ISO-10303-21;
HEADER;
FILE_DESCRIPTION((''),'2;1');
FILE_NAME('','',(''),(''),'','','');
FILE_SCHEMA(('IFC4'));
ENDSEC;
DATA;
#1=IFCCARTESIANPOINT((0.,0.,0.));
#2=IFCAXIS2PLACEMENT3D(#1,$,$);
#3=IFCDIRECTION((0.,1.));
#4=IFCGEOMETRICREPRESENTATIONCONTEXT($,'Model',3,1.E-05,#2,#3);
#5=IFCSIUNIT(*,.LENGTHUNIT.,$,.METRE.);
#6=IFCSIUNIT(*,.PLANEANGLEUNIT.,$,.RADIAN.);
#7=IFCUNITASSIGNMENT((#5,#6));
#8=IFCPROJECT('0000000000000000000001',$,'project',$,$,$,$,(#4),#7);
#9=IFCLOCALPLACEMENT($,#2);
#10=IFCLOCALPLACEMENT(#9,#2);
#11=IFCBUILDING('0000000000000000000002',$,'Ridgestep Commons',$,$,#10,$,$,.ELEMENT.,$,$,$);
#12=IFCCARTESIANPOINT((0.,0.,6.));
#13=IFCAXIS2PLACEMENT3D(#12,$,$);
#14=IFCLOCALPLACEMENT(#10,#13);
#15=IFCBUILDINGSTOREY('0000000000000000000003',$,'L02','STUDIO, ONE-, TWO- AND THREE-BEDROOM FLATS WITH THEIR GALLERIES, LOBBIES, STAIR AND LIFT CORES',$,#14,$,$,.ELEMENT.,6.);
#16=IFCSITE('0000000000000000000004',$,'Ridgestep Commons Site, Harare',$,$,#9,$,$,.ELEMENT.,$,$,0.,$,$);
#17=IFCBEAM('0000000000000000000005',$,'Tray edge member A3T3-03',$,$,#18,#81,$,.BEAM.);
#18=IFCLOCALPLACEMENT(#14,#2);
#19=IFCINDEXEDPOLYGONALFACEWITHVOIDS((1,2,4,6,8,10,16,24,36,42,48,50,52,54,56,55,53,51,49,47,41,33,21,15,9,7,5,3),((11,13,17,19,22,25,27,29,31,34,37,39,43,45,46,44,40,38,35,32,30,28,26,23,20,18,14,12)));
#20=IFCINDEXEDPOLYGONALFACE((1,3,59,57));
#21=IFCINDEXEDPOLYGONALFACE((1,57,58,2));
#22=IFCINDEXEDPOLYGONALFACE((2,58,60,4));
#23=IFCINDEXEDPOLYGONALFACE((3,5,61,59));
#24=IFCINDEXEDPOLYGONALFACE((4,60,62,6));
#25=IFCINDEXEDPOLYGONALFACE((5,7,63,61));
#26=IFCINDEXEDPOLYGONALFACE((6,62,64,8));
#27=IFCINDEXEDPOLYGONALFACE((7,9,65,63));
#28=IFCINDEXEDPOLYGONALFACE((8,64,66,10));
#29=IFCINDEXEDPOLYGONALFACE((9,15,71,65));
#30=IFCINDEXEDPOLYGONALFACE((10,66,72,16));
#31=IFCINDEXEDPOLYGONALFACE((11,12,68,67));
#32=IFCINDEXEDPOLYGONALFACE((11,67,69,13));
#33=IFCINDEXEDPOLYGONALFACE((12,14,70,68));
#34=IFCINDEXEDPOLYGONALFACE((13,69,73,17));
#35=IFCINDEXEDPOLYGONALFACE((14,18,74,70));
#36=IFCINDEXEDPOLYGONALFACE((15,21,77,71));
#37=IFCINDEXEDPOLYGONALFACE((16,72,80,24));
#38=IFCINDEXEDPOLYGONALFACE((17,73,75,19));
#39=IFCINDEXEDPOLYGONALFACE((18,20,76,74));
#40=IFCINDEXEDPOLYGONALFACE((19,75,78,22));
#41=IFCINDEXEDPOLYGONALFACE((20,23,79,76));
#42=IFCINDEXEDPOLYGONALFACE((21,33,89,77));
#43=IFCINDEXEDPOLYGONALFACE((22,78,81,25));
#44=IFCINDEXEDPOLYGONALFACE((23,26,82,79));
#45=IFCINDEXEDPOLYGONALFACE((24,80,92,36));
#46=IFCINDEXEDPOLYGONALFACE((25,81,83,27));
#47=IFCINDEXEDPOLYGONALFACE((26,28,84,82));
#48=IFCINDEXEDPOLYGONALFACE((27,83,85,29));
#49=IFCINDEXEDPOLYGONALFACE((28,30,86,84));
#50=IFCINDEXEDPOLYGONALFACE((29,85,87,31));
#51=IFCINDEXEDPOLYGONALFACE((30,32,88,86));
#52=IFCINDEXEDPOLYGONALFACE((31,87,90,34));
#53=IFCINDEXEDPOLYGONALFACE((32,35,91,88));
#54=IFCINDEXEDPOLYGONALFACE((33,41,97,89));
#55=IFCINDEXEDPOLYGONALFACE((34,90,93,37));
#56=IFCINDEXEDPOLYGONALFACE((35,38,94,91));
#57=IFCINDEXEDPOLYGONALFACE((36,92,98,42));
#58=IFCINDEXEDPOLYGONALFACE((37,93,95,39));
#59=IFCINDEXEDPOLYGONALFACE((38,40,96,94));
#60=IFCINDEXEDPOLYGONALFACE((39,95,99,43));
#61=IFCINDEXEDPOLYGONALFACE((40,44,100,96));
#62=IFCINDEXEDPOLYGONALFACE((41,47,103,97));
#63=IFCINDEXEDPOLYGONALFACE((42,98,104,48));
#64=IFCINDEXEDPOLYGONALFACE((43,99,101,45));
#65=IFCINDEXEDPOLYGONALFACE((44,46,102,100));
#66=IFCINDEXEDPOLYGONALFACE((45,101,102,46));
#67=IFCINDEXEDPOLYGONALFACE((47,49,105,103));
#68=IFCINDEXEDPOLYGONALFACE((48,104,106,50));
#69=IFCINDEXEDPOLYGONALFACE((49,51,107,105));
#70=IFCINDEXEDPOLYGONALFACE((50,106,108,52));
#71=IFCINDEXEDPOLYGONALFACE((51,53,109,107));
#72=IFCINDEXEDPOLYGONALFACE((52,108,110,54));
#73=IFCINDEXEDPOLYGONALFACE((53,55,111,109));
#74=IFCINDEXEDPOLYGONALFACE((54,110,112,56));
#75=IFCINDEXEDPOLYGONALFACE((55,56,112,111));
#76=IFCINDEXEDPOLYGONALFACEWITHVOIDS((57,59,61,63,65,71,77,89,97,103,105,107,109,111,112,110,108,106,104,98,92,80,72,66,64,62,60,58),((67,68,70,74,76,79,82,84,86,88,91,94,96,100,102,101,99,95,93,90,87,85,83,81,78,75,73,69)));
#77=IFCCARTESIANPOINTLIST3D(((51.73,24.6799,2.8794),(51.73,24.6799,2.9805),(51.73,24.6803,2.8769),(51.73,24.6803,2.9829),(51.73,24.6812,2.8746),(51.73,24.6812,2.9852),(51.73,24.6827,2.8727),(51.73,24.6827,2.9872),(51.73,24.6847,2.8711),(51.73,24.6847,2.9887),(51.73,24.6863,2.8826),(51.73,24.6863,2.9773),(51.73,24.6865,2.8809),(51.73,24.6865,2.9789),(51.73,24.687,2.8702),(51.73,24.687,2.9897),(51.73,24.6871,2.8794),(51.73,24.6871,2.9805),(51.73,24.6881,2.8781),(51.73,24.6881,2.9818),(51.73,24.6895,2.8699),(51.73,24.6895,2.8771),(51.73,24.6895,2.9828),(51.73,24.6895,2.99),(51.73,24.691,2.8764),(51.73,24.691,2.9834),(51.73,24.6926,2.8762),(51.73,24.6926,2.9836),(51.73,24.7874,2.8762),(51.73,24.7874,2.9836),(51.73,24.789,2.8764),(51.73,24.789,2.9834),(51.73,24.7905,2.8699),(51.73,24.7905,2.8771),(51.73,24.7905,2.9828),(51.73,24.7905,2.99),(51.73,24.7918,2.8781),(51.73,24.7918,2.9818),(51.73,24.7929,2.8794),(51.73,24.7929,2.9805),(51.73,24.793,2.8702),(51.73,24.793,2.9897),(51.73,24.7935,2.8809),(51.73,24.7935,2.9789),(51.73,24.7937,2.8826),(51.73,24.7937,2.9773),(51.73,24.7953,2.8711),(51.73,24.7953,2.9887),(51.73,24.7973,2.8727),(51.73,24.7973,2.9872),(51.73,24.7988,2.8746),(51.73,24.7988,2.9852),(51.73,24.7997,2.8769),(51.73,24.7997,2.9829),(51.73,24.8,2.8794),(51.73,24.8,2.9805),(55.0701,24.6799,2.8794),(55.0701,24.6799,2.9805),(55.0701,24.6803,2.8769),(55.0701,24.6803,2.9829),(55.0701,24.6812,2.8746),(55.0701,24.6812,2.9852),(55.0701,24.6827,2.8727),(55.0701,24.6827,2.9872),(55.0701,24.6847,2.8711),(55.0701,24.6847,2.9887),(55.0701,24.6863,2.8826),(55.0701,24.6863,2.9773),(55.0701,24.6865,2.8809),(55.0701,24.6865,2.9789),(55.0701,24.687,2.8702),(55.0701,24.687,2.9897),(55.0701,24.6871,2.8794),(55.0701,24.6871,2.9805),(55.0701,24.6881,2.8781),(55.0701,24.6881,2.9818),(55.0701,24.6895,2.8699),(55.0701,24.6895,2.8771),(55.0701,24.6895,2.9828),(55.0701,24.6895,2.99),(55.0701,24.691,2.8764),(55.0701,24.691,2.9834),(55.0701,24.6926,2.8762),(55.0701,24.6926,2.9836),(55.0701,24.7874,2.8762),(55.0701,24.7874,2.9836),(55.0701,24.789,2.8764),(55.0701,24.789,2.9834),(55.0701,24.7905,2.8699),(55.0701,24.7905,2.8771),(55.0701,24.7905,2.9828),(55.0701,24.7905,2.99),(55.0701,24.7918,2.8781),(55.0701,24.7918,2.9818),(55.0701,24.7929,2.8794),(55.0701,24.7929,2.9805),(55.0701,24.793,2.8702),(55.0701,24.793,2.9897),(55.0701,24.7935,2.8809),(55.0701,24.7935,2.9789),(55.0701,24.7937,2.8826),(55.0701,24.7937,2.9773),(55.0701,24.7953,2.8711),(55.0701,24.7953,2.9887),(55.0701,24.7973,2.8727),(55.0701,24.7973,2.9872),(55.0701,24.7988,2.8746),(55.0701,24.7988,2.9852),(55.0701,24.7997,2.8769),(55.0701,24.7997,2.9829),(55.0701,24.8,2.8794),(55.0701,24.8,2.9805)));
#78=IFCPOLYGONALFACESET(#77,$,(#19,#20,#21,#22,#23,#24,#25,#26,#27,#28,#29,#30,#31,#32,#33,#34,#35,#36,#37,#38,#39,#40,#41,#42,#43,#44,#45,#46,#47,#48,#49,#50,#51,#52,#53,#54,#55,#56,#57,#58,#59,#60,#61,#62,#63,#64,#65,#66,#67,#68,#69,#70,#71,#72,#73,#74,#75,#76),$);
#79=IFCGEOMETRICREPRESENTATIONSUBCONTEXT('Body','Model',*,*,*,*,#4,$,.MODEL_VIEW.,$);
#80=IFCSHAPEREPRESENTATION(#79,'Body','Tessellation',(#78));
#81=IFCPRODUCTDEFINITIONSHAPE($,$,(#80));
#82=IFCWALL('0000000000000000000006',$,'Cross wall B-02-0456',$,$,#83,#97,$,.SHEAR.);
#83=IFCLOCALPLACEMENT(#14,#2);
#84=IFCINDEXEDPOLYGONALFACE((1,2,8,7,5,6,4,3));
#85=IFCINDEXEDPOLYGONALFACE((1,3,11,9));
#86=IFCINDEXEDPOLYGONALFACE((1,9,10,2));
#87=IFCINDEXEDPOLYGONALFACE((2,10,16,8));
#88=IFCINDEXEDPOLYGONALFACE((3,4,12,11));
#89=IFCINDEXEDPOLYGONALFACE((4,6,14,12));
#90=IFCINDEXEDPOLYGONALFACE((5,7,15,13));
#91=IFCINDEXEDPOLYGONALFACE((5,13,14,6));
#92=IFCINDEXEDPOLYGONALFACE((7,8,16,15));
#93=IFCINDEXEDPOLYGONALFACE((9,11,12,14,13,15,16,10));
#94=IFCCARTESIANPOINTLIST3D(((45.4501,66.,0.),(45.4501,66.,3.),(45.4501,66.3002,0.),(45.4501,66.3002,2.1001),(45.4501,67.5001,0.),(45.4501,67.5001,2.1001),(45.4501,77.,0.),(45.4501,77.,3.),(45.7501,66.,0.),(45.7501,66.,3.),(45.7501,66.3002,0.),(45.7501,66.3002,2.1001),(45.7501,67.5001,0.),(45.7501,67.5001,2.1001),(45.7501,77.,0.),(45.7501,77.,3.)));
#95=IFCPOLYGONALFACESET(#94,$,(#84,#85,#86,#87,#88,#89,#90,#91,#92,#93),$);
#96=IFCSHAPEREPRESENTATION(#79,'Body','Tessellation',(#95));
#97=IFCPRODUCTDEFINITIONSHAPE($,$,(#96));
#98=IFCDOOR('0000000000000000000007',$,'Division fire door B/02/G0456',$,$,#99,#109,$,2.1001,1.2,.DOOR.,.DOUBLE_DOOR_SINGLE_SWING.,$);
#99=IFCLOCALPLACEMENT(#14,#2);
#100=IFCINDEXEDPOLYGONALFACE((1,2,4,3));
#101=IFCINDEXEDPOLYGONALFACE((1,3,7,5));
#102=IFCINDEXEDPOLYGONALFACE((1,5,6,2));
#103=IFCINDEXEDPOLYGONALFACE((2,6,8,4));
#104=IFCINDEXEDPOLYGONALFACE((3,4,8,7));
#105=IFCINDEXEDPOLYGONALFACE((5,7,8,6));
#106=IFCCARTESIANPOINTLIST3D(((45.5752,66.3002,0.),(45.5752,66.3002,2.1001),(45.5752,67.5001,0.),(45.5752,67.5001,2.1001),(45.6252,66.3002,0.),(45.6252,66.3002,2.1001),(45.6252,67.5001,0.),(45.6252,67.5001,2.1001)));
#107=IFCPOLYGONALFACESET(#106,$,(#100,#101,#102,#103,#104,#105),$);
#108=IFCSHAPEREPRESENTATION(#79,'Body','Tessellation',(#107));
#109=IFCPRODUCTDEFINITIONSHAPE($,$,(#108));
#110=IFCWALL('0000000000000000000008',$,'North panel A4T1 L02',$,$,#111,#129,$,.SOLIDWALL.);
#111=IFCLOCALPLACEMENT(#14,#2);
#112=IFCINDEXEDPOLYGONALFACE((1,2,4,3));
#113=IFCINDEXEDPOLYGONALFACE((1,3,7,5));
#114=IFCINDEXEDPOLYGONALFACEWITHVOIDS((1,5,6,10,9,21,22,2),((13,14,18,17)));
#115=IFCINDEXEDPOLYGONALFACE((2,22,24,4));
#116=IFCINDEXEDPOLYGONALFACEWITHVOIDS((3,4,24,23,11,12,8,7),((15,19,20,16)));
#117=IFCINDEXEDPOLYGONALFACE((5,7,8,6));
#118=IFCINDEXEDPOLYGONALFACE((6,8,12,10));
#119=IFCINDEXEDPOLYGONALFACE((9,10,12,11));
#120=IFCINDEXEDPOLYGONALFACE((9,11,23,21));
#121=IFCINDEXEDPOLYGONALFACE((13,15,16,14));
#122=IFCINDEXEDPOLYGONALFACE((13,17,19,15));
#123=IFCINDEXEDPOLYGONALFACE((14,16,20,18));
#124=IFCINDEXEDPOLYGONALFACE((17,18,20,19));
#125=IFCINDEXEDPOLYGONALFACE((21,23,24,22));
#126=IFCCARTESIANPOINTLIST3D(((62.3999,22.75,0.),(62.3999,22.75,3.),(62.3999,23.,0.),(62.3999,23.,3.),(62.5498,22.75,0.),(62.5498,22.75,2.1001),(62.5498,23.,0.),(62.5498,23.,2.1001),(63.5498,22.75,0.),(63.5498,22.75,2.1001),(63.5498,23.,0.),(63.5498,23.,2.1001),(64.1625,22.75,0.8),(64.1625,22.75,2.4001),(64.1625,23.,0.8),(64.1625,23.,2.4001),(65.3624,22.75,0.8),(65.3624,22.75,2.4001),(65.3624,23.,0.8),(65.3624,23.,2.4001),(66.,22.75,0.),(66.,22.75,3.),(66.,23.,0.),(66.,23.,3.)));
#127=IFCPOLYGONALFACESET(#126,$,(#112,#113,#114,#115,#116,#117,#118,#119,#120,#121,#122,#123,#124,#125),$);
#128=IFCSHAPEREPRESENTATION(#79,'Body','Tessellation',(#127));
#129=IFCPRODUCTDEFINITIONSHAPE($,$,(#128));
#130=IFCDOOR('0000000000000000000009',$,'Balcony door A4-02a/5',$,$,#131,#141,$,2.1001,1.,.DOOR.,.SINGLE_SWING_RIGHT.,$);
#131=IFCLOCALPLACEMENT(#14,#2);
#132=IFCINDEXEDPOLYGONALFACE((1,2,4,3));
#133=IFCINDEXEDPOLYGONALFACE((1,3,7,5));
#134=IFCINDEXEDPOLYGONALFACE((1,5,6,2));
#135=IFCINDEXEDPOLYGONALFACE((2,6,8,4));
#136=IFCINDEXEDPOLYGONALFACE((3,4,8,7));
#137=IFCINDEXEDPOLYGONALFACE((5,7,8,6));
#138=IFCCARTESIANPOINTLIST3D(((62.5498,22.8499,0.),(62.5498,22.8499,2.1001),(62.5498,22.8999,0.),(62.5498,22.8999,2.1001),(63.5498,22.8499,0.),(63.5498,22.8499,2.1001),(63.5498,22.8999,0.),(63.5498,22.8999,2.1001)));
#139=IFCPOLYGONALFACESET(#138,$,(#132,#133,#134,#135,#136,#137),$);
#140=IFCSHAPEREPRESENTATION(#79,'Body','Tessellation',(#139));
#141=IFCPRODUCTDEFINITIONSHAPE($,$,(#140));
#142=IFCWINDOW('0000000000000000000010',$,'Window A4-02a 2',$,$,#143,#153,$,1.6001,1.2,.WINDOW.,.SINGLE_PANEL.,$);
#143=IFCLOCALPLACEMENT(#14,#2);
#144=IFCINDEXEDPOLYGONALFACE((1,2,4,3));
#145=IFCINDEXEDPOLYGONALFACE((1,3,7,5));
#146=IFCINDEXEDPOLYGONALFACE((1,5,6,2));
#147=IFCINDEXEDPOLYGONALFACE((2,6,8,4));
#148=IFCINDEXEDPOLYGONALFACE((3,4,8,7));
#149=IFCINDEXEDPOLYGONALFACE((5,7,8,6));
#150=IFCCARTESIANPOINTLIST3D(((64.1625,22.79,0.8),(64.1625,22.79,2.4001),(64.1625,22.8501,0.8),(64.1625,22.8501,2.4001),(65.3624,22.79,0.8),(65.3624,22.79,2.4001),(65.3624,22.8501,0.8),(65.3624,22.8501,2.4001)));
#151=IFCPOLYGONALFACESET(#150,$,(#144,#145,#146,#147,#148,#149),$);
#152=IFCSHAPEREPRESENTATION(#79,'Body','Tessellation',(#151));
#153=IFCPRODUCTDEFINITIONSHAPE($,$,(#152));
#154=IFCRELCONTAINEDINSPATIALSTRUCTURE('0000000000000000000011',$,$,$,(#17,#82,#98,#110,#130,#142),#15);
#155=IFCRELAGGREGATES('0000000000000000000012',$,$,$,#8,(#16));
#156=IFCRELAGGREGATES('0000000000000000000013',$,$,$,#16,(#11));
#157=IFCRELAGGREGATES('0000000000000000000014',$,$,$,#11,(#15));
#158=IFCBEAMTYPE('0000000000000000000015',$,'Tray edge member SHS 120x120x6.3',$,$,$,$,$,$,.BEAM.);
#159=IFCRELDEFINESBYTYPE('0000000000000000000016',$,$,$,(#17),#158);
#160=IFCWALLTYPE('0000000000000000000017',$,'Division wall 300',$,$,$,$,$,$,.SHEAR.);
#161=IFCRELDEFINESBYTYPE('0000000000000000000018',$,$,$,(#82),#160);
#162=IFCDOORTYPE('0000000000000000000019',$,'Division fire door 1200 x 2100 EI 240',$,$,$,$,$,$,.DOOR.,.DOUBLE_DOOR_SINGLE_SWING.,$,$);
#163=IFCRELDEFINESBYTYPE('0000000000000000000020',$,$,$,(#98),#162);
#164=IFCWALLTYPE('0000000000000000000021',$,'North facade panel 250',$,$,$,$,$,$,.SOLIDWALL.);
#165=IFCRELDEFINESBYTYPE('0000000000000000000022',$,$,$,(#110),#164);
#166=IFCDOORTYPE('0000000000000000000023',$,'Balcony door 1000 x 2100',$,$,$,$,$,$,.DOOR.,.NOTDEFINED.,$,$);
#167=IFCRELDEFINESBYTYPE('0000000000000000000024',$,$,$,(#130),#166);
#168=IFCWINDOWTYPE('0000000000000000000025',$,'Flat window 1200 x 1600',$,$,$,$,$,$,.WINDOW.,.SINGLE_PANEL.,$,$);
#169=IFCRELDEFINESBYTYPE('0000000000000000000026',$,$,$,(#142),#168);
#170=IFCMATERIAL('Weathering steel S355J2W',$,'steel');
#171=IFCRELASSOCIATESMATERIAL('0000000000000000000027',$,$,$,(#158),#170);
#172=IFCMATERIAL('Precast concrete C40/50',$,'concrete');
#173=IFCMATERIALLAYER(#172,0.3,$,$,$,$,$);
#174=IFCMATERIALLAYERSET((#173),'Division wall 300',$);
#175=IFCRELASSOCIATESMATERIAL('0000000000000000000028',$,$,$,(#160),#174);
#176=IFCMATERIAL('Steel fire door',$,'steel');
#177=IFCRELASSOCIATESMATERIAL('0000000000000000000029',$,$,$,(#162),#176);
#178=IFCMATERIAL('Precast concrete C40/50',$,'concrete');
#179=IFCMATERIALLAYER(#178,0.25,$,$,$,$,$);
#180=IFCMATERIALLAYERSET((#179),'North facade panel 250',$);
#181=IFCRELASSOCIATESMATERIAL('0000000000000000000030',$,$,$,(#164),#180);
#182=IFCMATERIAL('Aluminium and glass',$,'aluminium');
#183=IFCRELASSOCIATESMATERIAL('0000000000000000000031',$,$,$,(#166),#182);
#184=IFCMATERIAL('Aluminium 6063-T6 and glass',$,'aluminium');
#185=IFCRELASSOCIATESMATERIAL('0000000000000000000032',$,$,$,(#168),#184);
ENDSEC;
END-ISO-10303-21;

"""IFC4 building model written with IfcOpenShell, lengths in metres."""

from ifc_helpers import new_model, si_unit, direction, frame, frame_2d, origin, origin_2d, place, context, subcontext, project, spatial, rectangle, hollow_rectangle, extrude, material, layer, layer_set, material_profile, profile_set, type_object, element, fill, save


model = new_model("IFC4")

# Units and contexts
model_context = context("Model", 3, precision=1e-05, world=origin(), true_north=direction((0.0, 1.0)))
body_context = subcontext(model_context, "Body", "Model", "MODEL_VIEW")
ifc_project = project(units=[si_unit("LENGTHUNIT", "METRE"), si_unit("PLANEANGLEUNIT", "RADIAN")], contexts=[model_context])

# Site, building, storey
site_placement = place(None, origin())
site = spatial("IfcSite", under=ifc_project, at=site_placement, Name="Ridgestep Commons Site, Harare", CompositionType="ELEMENT", RefElevation=0.0)
building_placement = place(site_placement, origin())
building = spatial("IfcBuilding", under=site, at=building_placement, Name="Ridgestep Commons", CompositionType="ELEMENT")
storey_placement = place(building_placement, frame((0.0, 0.0, 6.0)))
storey = spatial("IfcBuildingStorey", under=building, at=storey_placement, Name="L02", Description="STUDIO, ONE-, TWO- AND THREE-BEDROOM FLATS WITH THEIR GALLERIES, LOBBIES, STAIR AND LIFT CORES", CompositionType="ELEMENT", Elevation=6.0)

# Beam
ifc_material_1 = material(Name="Weathering steel S355J2W", Category="steel")
ifc_material_profile_1 = material_profile(ifc_material_1, hollow_rectangle(XDim=0.1201, YDim=0.1201, WallThickness=0.0063, InnerFilletRadius=0.0063, OuterFilletRadius=0.0095, at=origin_2d()), Name="SHS 120x120x6.3")
ifc_profile_set_1 = profile_set([ifc_material_profile_1], Name="Weathering steel S355J2W")
beam_type_1 = type_object("IfcBeamType", Name="Tray edge member SHS 120x120x6.3", PredefinedType="BEAM", material=ifc_profile_set_1)
beam_1_placement = place(storey_placement, frame((51.73, 24.74, 2.9299), z_axis=(1.0, 0.0, 0.0), x_axis=(0.0, 0.0, 1.0)))
element("IfcBeam", 1, at=beam_1_placement, inside=storey, type_object=beam_type_1, Name="Tray edge member A3T3-03", PredefinedType="BEAM", context=body_context, shape_type="SweptSolid", body=[
    extrude(hollow_rectangle(XDim=0.1201, YDim=0.1201, WallThickness=0.0063, InnerFilletRadius=0.0063, OuterFilletRadius=0.0095, at=origin_2d()), origin(), (0.0, 0.0, 1.0), 3.3401),
])

# Wall, opening, door
ifc_material_2 = material(Name="Precast concrete C40/50", Category="concrete")
ifc_layer_1 = layer(ifc_material_2, 0.3)
ifc_layer_set_1 = layer_set([ifc_layer_1], Name="Division wall 300")
wall_type_1 = type_object("IfcWallType", Name="Division wall 300", PredefinedType="SHEAR", material=ifc_layer_set_1)
wall_1_placement = place(storey_placement, frame((45.6001, 66.0, 0.0), z_axis=(0.0, 0.0, 1.0), x_axis=(0.0, 1.0, 0.0)))
wall_1 = element("IfcWall", 2, at=wall_1_placement, inside=storey, type_object=wall_type_1, Name="Cross wall B-02-0456", PredefinedType="SHEAR", context=body_context, shape_type="SweptSolid", body=[
    extrude(rectangle(XDim=11.0, YDim=0.3, at=frame_2d((5.5, 0.0))), origin(), (0.0, 0.0, 1.0), 3.0),
])
opening_1_placement = place(wall_1_placement, frame((0.3, 0.0, 0.0)))
opening_1 = element("IfcOpeningElement", 3, at=opening_1_placement, cuts=wall_1, PredefinedType="OPENING", context=body_context, shape_type="SweptSolid", body=[
    extrude(rectangle(XDim=1.2, YDim=2.1001, at=frame_2d((0.6001, 1.05))), frame((0.0, 0.1599, 0.0), z_axis=(0.0, -1.0, 0.0), x_axis=(1.0, 0.0, 0.0)), (0.0, 0.0, 1.0), 0.3201),
])
ifc_material_3 = material(Name="Steel fire door", Category="steel")
door_type_1 = type_object("IfcDoorType", Name="Division fire door 1200 x 2100 EI 240", OperationType="DOUBLE_DOOR_SINGLE_SWING", PredefinedType="DOOR", material=ifc_material_3)
door_1_placement = place(opening_1_placement, origin())
door_1 = element("IfcDoor", 4, at=door_1_placement, inside=storey, type_object=door_type_1, Name="Division fire door B/02/G0456", OperationType="DOUBLE_DOOR_SINGLE_SWING", OverallHeight=2.1001, OverallWidth=1.2, PredefinedType="DOOR", context=body_context, shape_type="SweptSolid", body=[
    extrude(rectangle(XDim=1.2, YDim=2.1001, at=frame_2d((0.6001, 1.05))), frame((0.0, 0.0249, 0.0), z_axis=(0.0, -1.0, 0.0), x_axis=(1.0, 0.0, 0.0)), (0.0, 0.0, 1.0), 0.05),
])
fill(opening_1, door_1)

# Wall, openings, door, window
ifc_material_4 = material(Name="Precast concrete C40/50", Category="concrete")
ifc_layer_2 = layer(ifc_material_4, 0.25)
ifc_layer_set_2 = layer_set([ifc_layer_2], Name="North facade panel 250")
wall_type_2 = type_object("IfcWallType", Name="North facade panel 250", PredefinedType="SOLIDWALL", material=ifc_layer_set_2)
wall_2_placement = place(storey_placement, frame((62.3999, 22.875, 0.0), z_axis=(0.0, 0.0, 1.0), x_axis=(1.0, 0.0, 0.0)))
wall_2 = element("IfcWall", 5, at=wall_2_placement, inside=storey, type_object=wall_type_2, Name="North panel A4T1 L02", PredefinedType="SOLIDWALL", context=body_context, shape_type="SweptSolid", body=[
    extrude(rectangle(XDim=3.6001, YDim=0.25, at=frame_2d((1.8, 0.0))), origin(), (0.0, 0.0, 1.0), 3.0),
])
opening_2_placement = place(wall_2_placement, frame((1.7625, 0.0, 0.8)))
opening_2 = element("IfcOpeningElement", 6, at=opening_2_placement, cuts=wall_2, PredefinedType="OPENING", context=body_context, shape_type="SweptSolid", body=[
    extrude(rectangle(XDim=1.2, YDim=1.6001, at=frame_2d((0.6001, 0.8))), frame((0.0, 0.135, 0.0), z_axis=(0.0, -1.0, 0.0), x_axis=(1.0, 0.0, 0.0)), (0.0, 0.0, 1.0), 0.27),
])
opening_3_placement = place(wall_2_placement, frame((0.1499, 0.0, 0.0)))
opening_3 = element("IfcOpeningElement", 7, at=opening_3_placement, cuts=wall_2, PredefinedType="OPENING", context=body_context, shape_type="SweptSolid", body=[
    extrude(rectangle(XDim=1.0, YDim=2.1001, at=frame_2d((0.5, 1.05))), frame((0.0, 0.135, 0.0), z_axis=(0.0, -1.0, 0.0), x_axis=(1.0, 0.0, 0.0)), (0.0, 0.0, 1.0), 0.27),
])
ifc_material_5 = material(Name="Aluminium and glass", Category="aluminium")
door_type_2 = type_object("IfcDoorType", Name="Balcony door 1000 x 2100", OperationType="NOTDEFINED", PredefinedType="DOOR", material=ifc_material_5)
door_2_placement = place(opening_3_placement, origin())
door_2 = element("IfcDoor", 8, at=door_2_placement, inside=storey, type_object=door_type_2, Name="Balcony door A4-02a/5", OperationType="SINGLE_SWING_RIGHT", OverallHeight=2.1001, OverallWidth=1.0, PredefinedType="DOOR", context=body_context, shape_type="SweptSolid", body=[
    extrude(rectangle(XDim=1.0, YDim=2.1001, at=frame_2d((0.5, 1.05))), frame((0.0, 0.0249, 0.0), z_axis=(0.0, -1.0, 0.0), x_axis=(1.0, 0.0, 0.0)), (0.0, 0.0, 1.0), 0.05),
])
fill(opening_3, door_2)
ifc_material_6 = material(Name="Aluminium 6063-T6 and glass", Category="aluminium")
window_type = type_object("IfcWindowType", Name="Flat window 1200 x 1600", PartitioningType="SINGLE_PANEL", PredefinedType="WINDOW", material=ifc_material_6)
window_1_placement = place(opening_2_placement, origin())
window_1 = element("IfcWindow", 9, at=window_1_placement, inside=storey, type_object=window_type, Name="Window A4-02a 2", OverallHeight=1.6001, OverallWidth=1.2, PartitioningType="SINGLE_PANEL", PredefinedType="WINDOW", context=body_context, shape_type="SweptSolid", body=[
    extrude(rectangle(XDim=1.2, YDim=1.6001, at=frame_2d((0.6001, 0.8))), frame((0.0, -0.0249, 0.0), z_axis=(0.0, -1.0, 0.0), x_axis=(1.0, 0.0, 0.0)), (0.0, 0.0, 1.0), 0.0601),
])
fill(opening_2, window_1)

save(model, "model.ifc")
